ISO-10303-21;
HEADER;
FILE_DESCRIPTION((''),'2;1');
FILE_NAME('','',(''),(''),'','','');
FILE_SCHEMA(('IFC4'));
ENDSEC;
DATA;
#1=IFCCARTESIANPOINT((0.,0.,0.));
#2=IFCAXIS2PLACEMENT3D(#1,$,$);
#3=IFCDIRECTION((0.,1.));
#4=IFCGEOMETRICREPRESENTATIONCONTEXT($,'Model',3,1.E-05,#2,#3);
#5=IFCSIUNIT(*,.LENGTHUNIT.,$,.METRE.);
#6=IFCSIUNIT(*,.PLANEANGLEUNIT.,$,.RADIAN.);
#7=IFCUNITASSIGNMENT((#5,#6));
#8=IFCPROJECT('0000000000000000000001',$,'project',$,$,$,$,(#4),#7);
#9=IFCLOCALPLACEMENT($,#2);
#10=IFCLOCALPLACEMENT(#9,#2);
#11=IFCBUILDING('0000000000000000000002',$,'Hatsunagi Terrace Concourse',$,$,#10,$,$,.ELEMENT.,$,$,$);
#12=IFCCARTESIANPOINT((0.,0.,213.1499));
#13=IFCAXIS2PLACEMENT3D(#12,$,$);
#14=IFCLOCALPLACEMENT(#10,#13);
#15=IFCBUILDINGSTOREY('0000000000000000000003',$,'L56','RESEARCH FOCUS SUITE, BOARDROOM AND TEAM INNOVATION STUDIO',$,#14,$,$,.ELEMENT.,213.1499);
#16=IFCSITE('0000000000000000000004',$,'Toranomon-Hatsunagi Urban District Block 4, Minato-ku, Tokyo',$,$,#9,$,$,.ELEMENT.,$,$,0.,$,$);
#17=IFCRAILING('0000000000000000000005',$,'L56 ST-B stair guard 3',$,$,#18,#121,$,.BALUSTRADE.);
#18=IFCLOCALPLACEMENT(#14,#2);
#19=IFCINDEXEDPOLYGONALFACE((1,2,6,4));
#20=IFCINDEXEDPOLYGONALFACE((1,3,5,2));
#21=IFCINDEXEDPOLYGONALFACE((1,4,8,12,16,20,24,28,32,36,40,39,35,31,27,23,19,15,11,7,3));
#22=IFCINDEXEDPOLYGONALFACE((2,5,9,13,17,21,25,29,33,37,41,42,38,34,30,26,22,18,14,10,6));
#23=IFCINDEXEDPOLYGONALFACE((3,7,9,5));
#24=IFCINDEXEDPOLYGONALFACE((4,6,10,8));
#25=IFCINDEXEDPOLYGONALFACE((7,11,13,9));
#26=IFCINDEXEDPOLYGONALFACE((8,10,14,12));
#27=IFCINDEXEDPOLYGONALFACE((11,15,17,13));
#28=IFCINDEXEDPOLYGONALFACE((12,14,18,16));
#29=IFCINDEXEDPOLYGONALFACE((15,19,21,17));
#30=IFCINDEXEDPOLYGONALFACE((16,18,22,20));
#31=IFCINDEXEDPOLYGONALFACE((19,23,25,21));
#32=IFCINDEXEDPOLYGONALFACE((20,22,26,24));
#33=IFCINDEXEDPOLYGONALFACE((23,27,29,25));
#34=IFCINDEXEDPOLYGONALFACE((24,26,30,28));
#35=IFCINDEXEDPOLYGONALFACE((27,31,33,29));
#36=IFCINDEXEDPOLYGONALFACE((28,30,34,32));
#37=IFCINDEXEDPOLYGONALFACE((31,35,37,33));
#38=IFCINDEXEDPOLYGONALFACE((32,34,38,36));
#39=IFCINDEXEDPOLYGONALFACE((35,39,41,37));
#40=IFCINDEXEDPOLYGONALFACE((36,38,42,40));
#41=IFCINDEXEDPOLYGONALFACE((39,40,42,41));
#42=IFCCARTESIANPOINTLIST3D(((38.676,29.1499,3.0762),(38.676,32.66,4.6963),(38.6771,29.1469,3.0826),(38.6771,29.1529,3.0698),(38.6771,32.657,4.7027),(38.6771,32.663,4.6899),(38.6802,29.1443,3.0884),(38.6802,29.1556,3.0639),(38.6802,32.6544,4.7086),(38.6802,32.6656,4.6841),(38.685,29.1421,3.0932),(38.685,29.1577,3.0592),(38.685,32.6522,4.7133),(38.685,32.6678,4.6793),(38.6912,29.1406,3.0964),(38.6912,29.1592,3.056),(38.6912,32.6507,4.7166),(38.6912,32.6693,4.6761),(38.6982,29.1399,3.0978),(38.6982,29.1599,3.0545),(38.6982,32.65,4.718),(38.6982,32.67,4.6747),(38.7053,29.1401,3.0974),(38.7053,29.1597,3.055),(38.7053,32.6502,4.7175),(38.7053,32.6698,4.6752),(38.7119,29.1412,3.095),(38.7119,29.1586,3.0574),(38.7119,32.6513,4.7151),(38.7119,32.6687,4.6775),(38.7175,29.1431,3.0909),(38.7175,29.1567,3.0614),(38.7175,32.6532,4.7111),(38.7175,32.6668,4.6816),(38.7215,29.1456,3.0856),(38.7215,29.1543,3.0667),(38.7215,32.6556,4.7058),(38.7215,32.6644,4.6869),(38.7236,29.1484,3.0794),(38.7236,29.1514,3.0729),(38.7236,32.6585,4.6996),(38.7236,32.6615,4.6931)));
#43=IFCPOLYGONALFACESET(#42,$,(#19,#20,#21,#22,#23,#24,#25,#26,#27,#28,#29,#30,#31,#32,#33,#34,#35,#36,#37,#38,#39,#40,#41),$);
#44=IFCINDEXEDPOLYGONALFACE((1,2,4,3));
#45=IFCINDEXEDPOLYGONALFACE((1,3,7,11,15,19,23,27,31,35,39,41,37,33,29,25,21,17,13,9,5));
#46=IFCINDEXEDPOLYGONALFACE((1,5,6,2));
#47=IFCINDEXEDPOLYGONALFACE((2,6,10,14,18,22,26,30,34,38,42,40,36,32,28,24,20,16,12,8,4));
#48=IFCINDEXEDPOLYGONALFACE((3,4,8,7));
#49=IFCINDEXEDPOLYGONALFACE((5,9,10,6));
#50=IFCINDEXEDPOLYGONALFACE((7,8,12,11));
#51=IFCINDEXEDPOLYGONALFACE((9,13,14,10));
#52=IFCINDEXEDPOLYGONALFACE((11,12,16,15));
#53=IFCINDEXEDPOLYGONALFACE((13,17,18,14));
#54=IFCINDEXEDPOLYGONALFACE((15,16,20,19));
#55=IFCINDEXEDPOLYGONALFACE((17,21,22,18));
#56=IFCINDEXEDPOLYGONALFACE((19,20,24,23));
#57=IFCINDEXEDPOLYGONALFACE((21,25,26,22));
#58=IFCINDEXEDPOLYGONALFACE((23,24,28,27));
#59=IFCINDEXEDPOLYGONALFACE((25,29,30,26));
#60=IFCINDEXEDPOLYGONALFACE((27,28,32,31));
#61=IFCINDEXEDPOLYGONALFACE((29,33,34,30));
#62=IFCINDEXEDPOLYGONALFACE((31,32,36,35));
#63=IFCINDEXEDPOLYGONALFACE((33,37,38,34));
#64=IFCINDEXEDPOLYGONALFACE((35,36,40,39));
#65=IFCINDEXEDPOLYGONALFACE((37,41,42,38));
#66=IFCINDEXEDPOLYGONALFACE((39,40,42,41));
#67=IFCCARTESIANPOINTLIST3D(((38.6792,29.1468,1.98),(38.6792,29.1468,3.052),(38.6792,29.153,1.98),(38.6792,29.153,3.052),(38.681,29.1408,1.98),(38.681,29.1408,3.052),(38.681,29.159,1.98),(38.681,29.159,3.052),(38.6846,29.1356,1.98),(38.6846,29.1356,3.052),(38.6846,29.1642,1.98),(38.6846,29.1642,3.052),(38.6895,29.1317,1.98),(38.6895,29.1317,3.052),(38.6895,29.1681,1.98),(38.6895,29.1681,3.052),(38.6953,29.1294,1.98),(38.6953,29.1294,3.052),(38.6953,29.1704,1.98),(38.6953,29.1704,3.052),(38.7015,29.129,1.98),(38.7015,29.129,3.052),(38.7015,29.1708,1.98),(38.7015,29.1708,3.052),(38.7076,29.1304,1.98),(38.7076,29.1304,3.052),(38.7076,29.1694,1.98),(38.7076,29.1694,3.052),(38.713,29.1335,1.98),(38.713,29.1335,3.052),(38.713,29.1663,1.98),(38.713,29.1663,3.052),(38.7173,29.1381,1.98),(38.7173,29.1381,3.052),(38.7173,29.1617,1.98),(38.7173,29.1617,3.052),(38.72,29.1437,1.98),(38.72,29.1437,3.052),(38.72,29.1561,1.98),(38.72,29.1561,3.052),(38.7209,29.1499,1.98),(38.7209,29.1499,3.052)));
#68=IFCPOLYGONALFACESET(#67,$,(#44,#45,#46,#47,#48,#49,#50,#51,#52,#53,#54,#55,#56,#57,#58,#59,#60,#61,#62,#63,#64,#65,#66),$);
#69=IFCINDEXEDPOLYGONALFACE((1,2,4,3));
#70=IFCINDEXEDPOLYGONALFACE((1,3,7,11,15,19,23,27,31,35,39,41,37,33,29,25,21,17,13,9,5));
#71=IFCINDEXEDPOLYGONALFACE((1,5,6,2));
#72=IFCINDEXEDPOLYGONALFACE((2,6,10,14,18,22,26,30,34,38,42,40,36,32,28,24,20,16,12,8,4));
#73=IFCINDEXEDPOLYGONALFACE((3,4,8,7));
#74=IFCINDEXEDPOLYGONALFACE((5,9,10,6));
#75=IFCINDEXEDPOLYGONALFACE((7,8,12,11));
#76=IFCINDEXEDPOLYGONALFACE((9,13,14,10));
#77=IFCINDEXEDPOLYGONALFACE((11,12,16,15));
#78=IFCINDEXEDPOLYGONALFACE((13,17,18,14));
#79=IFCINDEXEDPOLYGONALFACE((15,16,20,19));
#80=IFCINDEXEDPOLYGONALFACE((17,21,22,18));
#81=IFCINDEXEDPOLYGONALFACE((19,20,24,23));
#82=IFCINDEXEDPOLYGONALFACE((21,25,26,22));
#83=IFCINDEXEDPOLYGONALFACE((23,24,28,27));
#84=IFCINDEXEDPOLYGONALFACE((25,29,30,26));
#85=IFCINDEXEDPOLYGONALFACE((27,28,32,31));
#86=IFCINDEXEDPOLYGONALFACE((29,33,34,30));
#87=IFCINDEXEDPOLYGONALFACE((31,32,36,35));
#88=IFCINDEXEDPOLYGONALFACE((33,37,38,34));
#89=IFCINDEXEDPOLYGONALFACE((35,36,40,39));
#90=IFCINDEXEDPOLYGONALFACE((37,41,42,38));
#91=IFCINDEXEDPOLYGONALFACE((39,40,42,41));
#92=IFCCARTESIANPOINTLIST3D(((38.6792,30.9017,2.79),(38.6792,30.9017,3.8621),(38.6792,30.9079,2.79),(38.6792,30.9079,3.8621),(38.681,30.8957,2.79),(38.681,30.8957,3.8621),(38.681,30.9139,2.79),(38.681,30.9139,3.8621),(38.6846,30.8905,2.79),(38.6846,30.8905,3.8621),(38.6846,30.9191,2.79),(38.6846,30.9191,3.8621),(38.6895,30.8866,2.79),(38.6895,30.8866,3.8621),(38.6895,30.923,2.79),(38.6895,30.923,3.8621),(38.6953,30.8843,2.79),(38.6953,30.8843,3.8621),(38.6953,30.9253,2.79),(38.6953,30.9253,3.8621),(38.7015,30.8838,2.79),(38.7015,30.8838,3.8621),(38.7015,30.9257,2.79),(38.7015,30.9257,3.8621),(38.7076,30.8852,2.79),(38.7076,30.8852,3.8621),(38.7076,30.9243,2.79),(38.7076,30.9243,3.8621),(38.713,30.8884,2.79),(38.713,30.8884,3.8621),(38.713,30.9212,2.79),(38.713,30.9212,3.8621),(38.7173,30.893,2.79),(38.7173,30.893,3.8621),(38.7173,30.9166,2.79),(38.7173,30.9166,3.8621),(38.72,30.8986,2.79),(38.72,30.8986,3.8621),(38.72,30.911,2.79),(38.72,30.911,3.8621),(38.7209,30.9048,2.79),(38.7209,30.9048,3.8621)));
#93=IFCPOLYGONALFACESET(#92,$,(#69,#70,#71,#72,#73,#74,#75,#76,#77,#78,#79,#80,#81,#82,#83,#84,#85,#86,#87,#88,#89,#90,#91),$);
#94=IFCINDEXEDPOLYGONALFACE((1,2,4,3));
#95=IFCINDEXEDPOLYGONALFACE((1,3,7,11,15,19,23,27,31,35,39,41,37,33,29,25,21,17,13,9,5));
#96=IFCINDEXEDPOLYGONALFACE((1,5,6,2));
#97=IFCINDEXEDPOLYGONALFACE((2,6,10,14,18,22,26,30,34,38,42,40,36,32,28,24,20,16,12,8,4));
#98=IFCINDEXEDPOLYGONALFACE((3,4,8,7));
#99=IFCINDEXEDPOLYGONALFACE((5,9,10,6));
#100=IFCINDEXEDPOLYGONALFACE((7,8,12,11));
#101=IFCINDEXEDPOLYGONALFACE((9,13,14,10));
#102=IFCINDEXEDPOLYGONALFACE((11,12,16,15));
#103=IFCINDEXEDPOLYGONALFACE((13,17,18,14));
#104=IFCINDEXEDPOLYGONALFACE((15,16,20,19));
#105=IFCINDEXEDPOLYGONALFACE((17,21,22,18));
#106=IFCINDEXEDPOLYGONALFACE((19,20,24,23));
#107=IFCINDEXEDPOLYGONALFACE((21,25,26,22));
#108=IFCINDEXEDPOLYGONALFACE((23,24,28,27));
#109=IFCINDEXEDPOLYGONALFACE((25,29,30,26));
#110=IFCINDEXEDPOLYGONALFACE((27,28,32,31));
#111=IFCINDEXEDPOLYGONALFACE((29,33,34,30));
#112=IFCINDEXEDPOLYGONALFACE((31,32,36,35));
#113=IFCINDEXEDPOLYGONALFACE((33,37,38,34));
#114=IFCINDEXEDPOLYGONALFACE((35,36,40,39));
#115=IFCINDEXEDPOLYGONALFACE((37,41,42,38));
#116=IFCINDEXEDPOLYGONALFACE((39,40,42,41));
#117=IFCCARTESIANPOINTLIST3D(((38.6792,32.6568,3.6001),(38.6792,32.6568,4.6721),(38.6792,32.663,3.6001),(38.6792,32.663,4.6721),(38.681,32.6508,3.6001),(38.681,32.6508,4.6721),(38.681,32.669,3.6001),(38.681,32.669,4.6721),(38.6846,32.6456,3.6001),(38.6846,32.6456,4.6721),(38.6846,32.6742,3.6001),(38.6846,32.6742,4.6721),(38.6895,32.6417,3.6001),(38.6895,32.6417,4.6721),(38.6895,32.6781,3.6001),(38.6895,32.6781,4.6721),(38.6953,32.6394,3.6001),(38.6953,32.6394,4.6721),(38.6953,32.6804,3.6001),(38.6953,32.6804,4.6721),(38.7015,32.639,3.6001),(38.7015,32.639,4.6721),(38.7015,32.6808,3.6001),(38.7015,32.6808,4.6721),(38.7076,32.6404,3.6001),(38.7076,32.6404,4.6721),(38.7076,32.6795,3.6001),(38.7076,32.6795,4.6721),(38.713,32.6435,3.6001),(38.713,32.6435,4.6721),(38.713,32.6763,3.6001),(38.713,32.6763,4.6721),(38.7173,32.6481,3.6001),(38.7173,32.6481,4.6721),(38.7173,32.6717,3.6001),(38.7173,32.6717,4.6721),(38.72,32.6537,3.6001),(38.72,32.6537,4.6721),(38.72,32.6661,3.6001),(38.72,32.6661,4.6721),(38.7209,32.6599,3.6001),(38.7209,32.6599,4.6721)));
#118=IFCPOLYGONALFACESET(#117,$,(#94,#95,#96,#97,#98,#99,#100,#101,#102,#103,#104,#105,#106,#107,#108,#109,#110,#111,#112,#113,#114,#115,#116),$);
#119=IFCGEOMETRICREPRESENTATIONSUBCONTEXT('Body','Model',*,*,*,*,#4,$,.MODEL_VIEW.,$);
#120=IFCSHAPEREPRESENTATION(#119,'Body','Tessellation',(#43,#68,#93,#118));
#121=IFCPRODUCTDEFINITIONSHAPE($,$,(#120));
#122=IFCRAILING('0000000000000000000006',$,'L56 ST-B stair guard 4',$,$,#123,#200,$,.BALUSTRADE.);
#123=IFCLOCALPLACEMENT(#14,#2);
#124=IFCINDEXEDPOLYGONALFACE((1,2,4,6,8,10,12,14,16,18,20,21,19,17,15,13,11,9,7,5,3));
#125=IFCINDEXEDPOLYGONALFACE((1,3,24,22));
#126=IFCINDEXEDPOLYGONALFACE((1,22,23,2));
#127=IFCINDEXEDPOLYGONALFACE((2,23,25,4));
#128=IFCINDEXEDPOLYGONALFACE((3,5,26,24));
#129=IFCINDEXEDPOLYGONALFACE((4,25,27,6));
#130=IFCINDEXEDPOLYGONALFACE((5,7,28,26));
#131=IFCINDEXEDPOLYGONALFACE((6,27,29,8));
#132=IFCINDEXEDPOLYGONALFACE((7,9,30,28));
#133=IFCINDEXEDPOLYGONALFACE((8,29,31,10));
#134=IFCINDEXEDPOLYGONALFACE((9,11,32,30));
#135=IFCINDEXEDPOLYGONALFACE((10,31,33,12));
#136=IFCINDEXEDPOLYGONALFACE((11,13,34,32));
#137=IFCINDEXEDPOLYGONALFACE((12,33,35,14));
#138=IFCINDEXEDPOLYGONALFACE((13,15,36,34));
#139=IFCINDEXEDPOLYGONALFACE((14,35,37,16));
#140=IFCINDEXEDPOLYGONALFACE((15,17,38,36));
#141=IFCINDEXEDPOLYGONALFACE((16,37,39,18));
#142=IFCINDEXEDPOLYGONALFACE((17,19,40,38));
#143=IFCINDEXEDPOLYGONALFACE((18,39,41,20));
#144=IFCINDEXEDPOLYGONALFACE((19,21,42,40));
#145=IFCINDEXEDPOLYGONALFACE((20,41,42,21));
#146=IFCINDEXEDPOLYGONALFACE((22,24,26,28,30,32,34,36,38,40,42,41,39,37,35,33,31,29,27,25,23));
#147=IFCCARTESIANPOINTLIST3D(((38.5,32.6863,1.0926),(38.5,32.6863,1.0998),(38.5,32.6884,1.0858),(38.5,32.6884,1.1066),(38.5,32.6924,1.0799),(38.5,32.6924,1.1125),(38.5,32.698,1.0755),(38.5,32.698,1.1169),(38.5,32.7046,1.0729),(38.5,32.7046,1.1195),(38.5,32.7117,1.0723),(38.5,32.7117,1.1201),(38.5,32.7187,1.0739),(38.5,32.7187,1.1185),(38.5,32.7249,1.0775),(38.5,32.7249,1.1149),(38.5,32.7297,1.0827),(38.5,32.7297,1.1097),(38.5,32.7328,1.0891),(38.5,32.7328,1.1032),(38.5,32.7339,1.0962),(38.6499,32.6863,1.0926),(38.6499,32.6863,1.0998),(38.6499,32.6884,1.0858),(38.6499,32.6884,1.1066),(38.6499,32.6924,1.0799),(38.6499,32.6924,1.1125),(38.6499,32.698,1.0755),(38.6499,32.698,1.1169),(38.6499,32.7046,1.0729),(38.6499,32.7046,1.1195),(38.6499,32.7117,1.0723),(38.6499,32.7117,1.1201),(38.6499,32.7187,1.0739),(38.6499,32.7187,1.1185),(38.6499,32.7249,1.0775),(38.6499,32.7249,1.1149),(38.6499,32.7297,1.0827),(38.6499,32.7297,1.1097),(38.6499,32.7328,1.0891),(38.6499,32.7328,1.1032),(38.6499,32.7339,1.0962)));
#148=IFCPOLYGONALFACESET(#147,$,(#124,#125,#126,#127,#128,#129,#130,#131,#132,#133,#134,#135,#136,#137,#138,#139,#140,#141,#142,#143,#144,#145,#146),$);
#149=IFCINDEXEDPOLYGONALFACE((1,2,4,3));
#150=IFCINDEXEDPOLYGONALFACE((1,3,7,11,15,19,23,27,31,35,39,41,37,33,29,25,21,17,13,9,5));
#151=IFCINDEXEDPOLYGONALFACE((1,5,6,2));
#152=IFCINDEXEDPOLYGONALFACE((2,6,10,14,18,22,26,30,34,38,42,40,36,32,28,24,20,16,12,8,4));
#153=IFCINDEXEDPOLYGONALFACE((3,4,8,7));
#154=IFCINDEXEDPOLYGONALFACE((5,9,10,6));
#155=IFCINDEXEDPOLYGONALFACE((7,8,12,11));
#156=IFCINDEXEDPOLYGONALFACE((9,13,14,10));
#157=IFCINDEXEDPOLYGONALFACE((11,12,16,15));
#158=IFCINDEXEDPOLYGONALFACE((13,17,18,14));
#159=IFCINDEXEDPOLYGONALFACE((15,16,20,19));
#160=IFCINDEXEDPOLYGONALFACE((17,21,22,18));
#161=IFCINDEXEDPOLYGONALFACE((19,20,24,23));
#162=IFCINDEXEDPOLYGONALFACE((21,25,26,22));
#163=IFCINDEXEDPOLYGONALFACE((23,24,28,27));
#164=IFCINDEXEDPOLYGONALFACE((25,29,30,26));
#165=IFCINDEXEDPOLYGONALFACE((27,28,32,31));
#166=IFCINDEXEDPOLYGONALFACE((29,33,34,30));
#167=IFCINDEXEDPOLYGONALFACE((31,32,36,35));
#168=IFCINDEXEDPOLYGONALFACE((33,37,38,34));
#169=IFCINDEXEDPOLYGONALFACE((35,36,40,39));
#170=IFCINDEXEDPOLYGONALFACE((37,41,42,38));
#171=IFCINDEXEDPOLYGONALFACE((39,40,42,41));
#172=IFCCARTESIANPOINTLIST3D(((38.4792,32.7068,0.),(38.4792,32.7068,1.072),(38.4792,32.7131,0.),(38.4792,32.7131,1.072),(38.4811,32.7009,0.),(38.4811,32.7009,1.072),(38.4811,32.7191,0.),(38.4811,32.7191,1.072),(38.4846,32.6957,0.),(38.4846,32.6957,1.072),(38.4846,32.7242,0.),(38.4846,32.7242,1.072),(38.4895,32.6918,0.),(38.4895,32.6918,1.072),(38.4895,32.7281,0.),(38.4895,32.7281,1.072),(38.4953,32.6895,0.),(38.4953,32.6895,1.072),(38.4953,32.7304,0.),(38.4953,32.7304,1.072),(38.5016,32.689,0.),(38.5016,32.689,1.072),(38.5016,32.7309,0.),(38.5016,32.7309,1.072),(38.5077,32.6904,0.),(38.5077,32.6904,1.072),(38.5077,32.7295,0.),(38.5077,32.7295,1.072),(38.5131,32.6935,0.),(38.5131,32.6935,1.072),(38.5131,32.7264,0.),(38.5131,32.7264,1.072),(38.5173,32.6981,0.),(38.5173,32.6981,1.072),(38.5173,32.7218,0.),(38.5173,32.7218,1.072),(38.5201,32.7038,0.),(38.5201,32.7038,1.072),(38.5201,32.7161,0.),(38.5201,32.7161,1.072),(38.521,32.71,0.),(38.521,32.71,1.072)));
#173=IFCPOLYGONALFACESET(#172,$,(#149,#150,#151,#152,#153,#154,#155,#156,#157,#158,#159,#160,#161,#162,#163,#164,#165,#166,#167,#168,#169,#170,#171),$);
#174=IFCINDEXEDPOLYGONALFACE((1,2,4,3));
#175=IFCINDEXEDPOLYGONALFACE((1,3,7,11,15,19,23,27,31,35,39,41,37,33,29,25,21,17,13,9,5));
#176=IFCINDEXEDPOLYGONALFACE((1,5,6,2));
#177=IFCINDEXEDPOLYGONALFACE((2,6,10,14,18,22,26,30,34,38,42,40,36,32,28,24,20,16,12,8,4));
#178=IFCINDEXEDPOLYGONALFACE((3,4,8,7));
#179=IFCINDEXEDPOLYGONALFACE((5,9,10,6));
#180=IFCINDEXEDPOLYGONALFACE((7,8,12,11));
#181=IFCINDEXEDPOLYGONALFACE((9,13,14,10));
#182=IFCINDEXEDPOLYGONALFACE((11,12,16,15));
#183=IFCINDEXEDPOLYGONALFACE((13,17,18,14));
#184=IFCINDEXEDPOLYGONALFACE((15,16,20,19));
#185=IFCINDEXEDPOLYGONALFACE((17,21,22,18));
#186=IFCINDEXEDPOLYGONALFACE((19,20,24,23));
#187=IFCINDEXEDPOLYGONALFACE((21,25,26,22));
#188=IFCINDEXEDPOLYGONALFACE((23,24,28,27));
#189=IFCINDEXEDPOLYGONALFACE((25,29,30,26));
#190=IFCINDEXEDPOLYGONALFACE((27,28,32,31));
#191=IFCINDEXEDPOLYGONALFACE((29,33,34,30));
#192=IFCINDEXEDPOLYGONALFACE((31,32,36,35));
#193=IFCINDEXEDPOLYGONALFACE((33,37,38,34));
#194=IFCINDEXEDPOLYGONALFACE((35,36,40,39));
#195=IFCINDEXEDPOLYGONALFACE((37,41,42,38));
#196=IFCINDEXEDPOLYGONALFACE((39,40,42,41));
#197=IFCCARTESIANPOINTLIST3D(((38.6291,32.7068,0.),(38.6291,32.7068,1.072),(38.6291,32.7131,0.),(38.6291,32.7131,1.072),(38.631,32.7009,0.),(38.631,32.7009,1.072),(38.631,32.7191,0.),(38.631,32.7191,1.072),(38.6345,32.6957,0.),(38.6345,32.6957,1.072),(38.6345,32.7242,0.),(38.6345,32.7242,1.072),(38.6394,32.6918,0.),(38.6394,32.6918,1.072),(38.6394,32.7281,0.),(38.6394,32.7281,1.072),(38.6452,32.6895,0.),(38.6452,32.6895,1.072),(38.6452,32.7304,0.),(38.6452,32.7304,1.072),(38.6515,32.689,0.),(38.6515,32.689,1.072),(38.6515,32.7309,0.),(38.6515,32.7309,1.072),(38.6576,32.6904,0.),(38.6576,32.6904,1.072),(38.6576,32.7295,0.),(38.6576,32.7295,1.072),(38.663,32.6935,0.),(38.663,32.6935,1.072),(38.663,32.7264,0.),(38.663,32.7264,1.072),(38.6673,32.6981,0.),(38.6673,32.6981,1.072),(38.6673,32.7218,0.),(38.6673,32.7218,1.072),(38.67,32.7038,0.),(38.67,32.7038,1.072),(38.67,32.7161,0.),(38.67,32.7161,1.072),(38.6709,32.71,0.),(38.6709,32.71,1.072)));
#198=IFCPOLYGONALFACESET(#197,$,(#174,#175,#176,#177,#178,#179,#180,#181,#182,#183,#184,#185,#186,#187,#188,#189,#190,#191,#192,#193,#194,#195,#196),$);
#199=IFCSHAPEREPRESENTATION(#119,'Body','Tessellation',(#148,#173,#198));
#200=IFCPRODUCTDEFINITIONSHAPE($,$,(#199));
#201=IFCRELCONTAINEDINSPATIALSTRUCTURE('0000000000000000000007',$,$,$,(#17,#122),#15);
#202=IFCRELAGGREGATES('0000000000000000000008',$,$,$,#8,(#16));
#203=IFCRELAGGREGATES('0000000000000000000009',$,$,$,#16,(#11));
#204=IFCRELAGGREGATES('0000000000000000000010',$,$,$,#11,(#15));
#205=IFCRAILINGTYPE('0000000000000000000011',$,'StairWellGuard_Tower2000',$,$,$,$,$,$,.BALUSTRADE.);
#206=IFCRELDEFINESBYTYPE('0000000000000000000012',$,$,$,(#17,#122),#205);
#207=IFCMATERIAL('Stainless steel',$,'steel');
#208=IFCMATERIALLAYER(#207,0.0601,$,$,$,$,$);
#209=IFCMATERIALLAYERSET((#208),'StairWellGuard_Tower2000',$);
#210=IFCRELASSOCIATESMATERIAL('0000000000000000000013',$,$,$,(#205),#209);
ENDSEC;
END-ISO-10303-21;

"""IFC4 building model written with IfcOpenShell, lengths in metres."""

from ifc_helpers import new_model, si_unit, direction, frame, origin, origin_2d, place, context, subcontext, project, spatial, circle, extrude, material, layer, layer_set, type_object, element, save


model = new_model("IFC4")

# Units and contexts
model_context = context("Model", 3, precision=1e-05, world=origin(), true_north=direction((0.0, 1.0)))
body_context = subcontext(model_context, "Body", "Model", "MODEL_VIEW")
ifc_project = project(units=[si_unit("LENGTHUNIT", "METRE"), si_unit("PLANEANGLEUNIT", "RADIAN")], contexts=[model_context])

# Site, building, storey
site_placement = place(None, origin())
site = spatial("IfcSite", under=ifc_project, at=site_placement, Name="Toranomon-Hatsunagi Urban District Block 4, Minato-ku, Tokyo", CompositionType="ELEMENT", RefElevation=0.0)
building_placement = place(site_placement, origin())
building = spatial("IfcBuilding", under=site, at=building_placement, Name="Hatsunagi Terrace Concourse", CompositionType="ELEMENT")
storey_placement = place(building_placement, frame((0.0, 0.0, 213.1499)))
storey = spatial("IfcBuildingStorey", under=building, at=storey_placement, Name="L56", Description="RESEARCH FOCUS SUITE, BOARDROOM AND TEAM INNOVATION STUDIO", CompositionType="ELEMENT", Elevation=213.1499)

# Railings
ifc_material_1 = material(Name="Stainless steel", Category="steel")
ifc_layer_1 = layer(ifc_material_1, 0.0601)
ifc_layer_set_1 = layer_set([ifc_layer_1], Name="StairWellGuard_Tower2000")
railing_type_1 = type_object("IfcRailingType", Name="StairWellGuard_Tower2000", PredefinedType="BALUSTRADE", material=ifc_layer_set_1)
railing_1_placement = place(storey_placement, frame((38.7, 29.1499, 1.98)))
element("IfcRailing", 1, at=railing_1_placement, inside=storey, type_object=railing_type_1, Name="L56 ST-B stair guard 3", PredefinedType="BALUSTRADE", context=body_context, shape_type="SweptSolid", body=[
    extrude(circle(Radius=0.0239, at=origin_2d()), frame((0.0, 0.0, 1.0962), z_axis=(0.0, 0.907948, 0.419082), x_axis=(-1.0, 0.0, 0.0)), (0.0, 0.0, 1.0), 3.866),
    extrude(circle(Radius=0.021, at=origin_2d()), origin(), (0.0, 0.0, 1.0), 1.072),
    extrude(circle(Radius=0.021, at=origin_2d()), frame((0.0, 1.7549, 0.8101)), (0.0, 0.0, 1.0), 1.072),
    extrude(circle(Radius=0.021, at=origin_2d()), frame((0.0, 3.51, 1.6201)), (0.0, 0.0, 1.0), 1.072),
])
railing_2_placement = place(storey_placement, frame((38.5, 32.71, 0.0)))
element("IfcRailing", 2, at=railing_2_placement, inside=storey, type_object=railing_type_1, Name="L56 ST-B stair guard 4", PredefinedType="BALUSTRADE", context=body_context, shape_type="SweptSolid", body=[
    extrude(circle(Radius=0.0239, at=origin_2d()), frame((0.0, 0.0, 1.0962), z_axis=(1.0, 0.0, 0.0), x_axis=(0.0, 1.0, 0.0)), (0.0, 0.0, 1.0), 0.1499),
    extrude(circle(Radius=0.021, at=origin_2d()), origin(), (0.0, 0.0, 1.0), 1.072),
    extrude(circle(Radius=0.021, at=origin_2d()), frame((0.1499, 0.0, 0.0)), (0.0, 0.0, 1.0), 1.072),
])

save(model, "model.ifc")
